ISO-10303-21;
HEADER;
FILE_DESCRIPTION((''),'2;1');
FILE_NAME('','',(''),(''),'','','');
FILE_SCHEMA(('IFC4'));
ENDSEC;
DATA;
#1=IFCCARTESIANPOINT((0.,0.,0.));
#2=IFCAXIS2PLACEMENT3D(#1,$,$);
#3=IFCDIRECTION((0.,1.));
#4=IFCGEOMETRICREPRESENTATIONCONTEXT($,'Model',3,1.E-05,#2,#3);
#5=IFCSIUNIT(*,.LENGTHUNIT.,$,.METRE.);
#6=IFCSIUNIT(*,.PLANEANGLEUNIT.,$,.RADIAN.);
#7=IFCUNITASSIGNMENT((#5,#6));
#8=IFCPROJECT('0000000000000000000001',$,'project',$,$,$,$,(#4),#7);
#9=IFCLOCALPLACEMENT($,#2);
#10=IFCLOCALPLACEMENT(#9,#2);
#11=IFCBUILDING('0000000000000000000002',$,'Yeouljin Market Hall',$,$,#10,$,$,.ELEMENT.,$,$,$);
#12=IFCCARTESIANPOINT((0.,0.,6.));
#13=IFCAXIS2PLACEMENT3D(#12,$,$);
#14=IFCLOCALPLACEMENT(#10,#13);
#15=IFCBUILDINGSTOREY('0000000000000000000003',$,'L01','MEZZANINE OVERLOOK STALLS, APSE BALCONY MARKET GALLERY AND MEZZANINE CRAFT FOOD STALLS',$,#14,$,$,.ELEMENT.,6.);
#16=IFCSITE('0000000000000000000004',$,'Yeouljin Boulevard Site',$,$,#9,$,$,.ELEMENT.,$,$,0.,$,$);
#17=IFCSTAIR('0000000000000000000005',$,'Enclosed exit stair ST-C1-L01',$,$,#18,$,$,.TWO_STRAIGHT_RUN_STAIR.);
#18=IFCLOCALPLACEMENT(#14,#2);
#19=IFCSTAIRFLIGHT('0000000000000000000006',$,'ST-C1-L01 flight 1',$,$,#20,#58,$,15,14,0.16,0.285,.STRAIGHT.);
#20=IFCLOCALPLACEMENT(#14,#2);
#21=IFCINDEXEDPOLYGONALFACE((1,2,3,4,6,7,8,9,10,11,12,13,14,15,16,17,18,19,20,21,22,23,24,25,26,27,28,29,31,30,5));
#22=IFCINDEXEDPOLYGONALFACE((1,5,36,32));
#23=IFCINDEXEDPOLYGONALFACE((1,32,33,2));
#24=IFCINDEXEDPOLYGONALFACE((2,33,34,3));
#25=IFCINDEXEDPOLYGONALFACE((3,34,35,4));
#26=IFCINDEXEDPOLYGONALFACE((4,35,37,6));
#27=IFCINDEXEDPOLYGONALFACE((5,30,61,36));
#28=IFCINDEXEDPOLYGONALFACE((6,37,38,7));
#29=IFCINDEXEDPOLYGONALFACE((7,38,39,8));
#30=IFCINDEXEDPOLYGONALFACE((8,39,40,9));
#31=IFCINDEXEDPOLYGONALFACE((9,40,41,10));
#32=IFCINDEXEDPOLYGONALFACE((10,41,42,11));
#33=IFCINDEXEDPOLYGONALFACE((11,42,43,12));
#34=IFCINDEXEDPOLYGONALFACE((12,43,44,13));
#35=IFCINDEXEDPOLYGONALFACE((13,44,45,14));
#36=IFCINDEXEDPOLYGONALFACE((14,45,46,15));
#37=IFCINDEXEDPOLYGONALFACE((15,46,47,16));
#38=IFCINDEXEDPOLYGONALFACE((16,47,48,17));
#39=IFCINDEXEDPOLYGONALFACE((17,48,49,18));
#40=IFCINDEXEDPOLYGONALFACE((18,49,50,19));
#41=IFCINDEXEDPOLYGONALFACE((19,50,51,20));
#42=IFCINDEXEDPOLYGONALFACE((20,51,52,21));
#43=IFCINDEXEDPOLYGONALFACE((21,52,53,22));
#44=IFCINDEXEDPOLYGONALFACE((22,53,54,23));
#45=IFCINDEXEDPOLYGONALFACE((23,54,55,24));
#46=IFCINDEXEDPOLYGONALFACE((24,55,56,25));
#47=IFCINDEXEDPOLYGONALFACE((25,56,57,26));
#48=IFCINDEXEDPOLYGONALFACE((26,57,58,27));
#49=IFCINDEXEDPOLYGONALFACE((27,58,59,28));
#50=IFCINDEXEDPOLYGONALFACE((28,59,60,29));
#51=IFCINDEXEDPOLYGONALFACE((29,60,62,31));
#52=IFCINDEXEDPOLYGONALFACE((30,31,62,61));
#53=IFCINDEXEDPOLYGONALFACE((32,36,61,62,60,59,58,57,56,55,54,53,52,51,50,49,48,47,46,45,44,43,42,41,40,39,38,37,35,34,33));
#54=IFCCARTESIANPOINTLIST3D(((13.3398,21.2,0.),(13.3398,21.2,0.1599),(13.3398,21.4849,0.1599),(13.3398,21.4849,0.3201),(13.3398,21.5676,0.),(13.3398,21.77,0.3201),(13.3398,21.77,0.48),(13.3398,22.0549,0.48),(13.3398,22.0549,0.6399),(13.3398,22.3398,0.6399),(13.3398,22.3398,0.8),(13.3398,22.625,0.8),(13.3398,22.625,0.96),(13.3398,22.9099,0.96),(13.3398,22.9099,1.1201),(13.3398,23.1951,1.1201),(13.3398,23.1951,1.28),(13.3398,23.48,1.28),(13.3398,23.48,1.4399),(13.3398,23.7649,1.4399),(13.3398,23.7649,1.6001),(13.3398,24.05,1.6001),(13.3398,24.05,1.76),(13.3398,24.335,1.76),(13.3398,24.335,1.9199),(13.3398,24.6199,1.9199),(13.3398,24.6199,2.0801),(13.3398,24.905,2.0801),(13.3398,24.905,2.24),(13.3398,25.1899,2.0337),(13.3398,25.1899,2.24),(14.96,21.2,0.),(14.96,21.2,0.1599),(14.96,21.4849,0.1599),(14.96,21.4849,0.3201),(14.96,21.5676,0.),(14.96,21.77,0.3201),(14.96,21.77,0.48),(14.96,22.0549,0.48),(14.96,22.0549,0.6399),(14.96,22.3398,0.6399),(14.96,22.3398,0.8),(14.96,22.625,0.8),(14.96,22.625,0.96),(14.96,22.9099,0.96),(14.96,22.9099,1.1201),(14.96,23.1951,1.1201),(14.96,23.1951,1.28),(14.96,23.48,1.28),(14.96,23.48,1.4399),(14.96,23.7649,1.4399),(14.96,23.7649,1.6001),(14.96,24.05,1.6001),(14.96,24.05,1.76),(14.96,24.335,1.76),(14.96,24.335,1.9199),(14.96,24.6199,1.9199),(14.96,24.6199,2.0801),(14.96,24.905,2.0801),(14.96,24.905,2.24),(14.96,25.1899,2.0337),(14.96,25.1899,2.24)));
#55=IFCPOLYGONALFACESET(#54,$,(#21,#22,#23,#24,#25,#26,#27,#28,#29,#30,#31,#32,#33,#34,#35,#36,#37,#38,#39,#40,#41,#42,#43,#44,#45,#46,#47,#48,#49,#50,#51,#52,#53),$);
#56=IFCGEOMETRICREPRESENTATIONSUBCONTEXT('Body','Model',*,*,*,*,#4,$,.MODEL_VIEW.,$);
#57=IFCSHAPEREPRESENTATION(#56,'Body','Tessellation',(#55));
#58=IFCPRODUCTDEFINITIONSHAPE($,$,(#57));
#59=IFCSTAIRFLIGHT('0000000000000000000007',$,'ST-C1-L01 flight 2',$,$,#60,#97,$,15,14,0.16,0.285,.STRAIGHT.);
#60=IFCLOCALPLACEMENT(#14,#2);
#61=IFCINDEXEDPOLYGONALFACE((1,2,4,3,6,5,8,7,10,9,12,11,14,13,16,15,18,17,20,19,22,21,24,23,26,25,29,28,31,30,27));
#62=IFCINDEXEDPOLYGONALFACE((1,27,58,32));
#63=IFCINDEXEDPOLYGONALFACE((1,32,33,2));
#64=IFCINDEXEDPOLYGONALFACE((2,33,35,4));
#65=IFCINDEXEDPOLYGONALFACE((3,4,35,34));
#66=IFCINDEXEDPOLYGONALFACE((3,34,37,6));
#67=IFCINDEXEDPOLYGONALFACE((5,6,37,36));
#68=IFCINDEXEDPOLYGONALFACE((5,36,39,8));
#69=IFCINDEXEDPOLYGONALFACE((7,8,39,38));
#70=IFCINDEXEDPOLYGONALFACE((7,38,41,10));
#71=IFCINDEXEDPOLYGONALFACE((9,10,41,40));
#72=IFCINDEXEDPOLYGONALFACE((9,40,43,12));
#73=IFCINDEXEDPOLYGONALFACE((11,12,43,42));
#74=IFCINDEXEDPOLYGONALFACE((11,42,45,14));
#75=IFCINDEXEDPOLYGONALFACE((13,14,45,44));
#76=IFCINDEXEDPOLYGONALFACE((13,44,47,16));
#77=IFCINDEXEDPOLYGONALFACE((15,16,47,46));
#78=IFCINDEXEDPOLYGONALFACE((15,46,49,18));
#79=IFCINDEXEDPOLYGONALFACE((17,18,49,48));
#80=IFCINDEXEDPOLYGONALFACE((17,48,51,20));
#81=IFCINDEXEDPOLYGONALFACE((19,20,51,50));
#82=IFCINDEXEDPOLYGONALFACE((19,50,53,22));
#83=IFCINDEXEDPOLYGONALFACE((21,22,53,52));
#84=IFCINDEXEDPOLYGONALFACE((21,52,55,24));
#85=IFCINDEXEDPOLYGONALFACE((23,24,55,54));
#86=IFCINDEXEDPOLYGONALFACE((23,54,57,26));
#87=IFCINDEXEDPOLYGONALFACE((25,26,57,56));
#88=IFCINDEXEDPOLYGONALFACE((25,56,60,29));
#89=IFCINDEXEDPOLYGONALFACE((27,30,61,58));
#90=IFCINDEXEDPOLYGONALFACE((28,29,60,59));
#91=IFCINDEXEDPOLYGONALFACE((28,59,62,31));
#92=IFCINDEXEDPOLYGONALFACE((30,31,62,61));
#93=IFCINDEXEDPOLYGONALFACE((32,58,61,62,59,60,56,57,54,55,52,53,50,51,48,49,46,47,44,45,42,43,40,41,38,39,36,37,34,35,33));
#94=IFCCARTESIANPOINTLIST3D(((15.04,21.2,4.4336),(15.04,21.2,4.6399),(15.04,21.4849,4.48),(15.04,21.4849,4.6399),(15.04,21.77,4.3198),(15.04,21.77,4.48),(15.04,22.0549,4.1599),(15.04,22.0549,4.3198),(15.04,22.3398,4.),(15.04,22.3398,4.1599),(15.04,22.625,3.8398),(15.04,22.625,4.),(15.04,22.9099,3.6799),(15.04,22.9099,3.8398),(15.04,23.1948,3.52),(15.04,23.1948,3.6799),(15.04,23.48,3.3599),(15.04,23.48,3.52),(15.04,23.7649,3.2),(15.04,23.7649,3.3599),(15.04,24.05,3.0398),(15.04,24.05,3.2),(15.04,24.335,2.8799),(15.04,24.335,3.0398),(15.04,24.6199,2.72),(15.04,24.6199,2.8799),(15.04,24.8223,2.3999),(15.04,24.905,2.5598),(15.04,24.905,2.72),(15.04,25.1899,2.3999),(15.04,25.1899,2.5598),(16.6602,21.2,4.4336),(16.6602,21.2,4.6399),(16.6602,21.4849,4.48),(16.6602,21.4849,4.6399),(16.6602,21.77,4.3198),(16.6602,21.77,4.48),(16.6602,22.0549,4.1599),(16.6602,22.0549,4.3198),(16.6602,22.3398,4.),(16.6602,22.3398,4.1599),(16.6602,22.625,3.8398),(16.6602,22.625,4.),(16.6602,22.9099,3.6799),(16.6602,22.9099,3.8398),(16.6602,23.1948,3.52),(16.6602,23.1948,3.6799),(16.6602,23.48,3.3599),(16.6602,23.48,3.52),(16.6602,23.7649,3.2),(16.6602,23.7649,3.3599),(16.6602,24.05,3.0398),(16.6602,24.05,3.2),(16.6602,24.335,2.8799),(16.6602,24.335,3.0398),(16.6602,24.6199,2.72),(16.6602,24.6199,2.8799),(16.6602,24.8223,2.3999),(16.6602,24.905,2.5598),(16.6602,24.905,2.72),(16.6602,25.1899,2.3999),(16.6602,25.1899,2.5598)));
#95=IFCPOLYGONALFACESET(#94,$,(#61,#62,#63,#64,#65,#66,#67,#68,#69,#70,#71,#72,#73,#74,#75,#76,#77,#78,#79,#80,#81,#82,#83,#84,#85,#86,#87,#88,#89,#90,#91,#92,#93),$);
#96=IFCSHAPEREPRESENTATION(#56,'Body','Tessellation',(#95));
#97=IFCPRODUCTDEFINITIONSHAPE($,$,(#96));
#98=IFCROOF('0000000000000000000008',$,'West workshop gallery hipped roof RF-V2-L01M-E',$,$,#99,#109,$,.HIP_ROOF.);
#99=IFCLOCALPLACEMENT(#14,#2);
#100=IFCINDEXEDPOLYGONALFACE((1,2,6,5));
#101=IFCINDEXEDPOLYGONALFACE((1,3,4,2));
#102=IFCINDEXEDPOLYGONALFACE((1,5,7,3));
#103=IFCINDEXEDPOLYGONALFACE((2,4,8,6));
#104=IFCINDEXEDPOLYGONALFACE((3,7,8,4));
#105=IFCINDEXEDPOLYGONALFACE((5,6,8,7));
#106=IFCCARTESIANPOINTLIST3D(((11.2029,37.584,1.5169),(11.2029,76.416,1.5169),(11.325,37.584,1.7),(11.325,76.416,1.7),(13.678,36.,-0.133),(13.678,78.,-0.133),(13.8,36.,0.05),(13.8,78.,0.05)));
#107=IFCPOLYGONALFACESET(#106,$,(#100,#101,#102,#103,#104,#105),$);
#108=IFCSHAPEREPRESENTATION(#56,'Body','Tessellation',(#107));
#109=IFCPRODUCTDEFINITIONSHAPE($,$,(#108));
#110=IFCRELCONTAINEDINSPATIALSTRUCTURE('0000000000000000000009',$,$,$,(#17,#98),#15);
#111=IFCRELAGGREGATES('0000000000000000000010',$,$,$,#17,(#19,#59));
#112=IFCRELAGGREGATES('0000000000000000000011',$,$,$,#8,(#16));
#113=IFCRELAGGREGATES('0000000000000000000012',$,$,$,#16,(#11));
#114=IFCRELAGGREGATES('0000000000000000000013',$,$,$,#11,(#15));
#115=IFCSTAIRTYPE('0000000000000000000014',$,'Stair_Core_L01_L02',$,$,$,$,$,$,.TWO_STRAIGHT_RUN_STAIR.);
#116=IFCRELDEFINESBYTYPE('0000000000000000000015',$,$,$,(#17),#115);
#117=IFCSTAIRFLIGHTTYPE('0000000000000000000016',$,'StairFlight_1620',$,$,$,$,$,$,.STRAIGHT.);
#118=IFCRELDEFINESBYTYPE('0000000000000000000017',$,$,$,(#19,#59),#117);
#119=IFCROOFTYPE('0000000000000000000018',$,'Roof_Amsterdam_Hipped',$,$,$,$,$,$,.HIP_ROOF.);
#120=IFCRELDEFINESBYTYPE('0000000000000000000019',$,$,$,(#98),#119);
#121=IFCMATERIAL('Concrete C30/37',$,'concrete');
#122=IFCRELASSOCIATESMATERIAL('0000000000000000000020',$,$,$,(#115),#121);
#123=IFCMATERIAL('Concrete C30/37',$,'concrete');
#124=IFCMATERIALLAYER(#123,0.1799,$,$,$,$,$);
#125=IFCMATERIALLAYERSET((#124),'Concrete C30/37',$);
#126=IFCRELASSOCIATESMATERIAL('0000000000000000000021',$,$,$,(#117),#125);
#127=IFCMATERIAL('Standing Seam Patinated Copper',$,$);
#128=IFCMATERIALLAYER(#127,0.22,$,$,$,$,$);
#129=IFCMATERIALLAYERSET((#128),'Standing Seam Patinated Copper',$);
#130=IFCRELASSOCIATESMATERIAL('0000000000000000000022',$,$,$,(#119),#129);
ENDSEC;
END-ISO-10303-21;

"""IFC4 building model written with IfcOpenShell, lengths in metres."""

from ifc_helpers import new_model, si_unit, direction, frame, origin, place, context, subcontext, project, spatial, polyline, outline, extrude, material, layer, layer_set, type_object, element, aggregate, save


model = new_model("IFC4")

# Units and contexts
model_context = context("Model", 3, precision=1e-05, world=origin(), true_north=direction((0.0, 1.0)))
body_context = subcontext(model_context, "Body", "Model", "MODEL_VIEW")
ifc_project = project(units=[si_unit("LENGTHUNIT", "METRE"), si_unit("PLANEANGLEUNIT", "RADIAN")], contexts=[model_context])

# Site, building, storey
site_placement = place(None, origin())
site = spatial("IfcSite", under=ifc_project, at=site_placement, Name="Yeouljin Boulevard Site", CompositionType="ELEMENT", RefElevation=0.0)
building_placement = place(site_placement, origin())
building = spatial("IfcBuilding", under=site, at=building_placement, Name="Yeouljin Market Hall", CompositionType="ELEMENT")
storey_placement = place(building_placement, frame((0.0, 0.0, 6.0)))
storey = spatial("IfcBuildingStorey", under=building, at=storey_placement, Name="L01", Description="MEZZANINE OVERLOOK STALLS, APSE BALCONY MARKET GALLERY AND MEZZANINE CRAFT FOOD STALLS", CompositionType="ELEMENT", Elevation=6.0)

# Stair, stair flights
ifc_material_1 = material(Name="Concrete C30/37", Category="concrete")
stair_type = type_object("IfcStairType", Name="Stair_Core_L01_L02", PredefinedType="TWO_STRAIGHT_RUN_STAIR", material=ifc_material_1)
stair_placement = place(storey_placement, origin())
stair = element("IfcStair", 1, at=stair_placement, inside=storey, type_object=stair_type, Name="Enclosed exit stair ST-C1-L01", PredefinedType="TWO_STRAIGHT_RUN_STAIR")
ifc_material_2 = material(Name="Concrete C30/37", Category="concrete")
ifc_layer_1 = layer(ifc_material_2, 0.1799)
ifc_layer_set_1 = layer_set([ifc_layer_1], Name="Concrete C30/37")
stair_flight_type = type_object("IfcStairFlightType", Name="StairFlight_1620", PredefinedType="STRAIGHT", material=ifc_layer_set_1)
stair_flight_1_placement = place(storey_placement, frame((14.1499, 21.2, 0.0), z_axis=(0.0, 0.0, 1.0), x_axis=(0.0, 1.0, 0.0)))
stair_flight_1 = element("IfcStairFlight", 2, at=stair_flight_1_placement, type_object=stair_flight_type, Name="ST-C1-L01 flight 1", NumberOfRisers=15, NumberOfTreads=14, PredefinedType="STRAIGHT", RiserHeight=0.16, TreadLength=0.285, context=body_context, shape_type="SweptSolid", body=[
    extrude(outline(polyline([(0.0, 0.0), (0.0, 0.1599), (0.2849, 0.1599), (0.2849, 0.3201), (0.5701, 0.3201), (0.5701, 0.48), (0.855, 0.48), (0.855, 0.6399), (1.1399, 0.6399), (1.1399, 0.8), (1.425, 0.8), (1.425, 0.96), (1.71, 0.96), (1.71, 1.1201), (1.9951, 1.1201), (1.9951, 1.28), (2.28, 1.28), (2.28, 1.4399), (2.5649, 1.4399), (2.5649, 1.6001), (2.8501, 1.6001), (2.8501, 1.76), (3.135, 1.76), (3.135, 1.9199), (3.4199, 1.9199), (3.4199, 2.0801), (3.7051, 2.0801), (3.7051, 2.24), (3.99, 2.24), (3.99, 2.3999), (3.99, 2.0337), (0.3677, 0.0), (0.0, 0.0)])), frame((0.0, 0.8101, 0.0), z_axis=(0.0, -1.0, 0.0), x_axis=(1.0, 0.0, 0.0)), (0.0, 0.0, 1.0), 1.6201),
])
stair_flight_2_placement = place(storey_placement, frame((15.8501, 25.1899, 2.3999), z_axis=(0.0, 0.0, 1.0), x_axis=(0.0, -1.0, 0.0)))
stair_flight_2 = element("IfcStairFlight", 3, at=stair_flight_2_placement, type_object=stair_flight_type, Name="ST-C1-L01 flight 2", NumberOfRisers=15, NumberOfTreads=14, PredefinedType="STRAIGHT", RiserHeight=0.16, TreadLength=0.285, context=body_context, shape_type="SweptSolid", body=[
    extrude(outline(polyline([(0.0, 0.0), (0.0, 0.1599), (0.2849, 0.1599), (0.2849, 0.3201), (0.5701, 0.3201), (0.5701, 0.48), (0.855, 0.48), (0.855, 0.6399), (1.1399, 0.6399), (1.1399, 0.8), (1.425, 0.8), (1.425, 0.96), (1.71, 0.96), (1.71, 1.1201), (1.9951, 1.1201), (1.9951, 1.28), (2.28, 1.28), (2.28, 1.4399), (2.5649, 1.4399), (2.5649, 1.6001), (2.8501, 1.6001), (2.8501, 1.76), (3.135, 1.76), (3.135, 1.9199), (3.4199, 1.9199), (3.4199, 2.0801), (3.7051, 2.0801), (3.7051, 2.24), (3.99, 2.24), (3.99, 2.3999), (3.99, 2.0337), (0.3677, 0.0), (0.0, 0.0)])), frame((0.0, 0.8101, 0.0), z_axis=(0.0, -1.0, 0.0), x_axis=(1.0, 0.0, 0.0)), (0.0, 0.0, 1.0), 1.6201),
])
aggregate(stair, [stair_flight_1, stair_flight_2])

# Roof
ifc_material_3 = material(Name="Standing Seam Patinated Copper")
ifc_layer_2 = layer(ifc_material_3, 0.22)
ifc_layer_set_2 = layer_set([ifc_layer_2], Name="Standing Seam Patinated Copper")
roof_type = type_object("IfcRoofType", Name="Roof_Amsterdam_Hipped", PredefinedType="HIP_ROOF", material=ifc_layer_set_2)
roof_placement = place(storey_placement, frame((13.8, 36.0, 0.05), z_axis=(0.554662, 0.0, 0.832076), x_axis=(0.0, 1.0, 0.0)))
element("IfcRoof", 4, at=roof_placement, inside=storey, type_object=roof_type, Name="West workshop gallery hipped roof RF-V2-L01M-E", PredefinedType="HIP_ROOF", context=body_context, shape_type="SweptSolid", body=[
    extrude(outline(polyline([(0.0, 0.0), (42.0, 0.0), (40.416, 2.9746), (1.584, 2.9746), (0.0, 0.0)])), origin(), (0.0, 0.0, -1.0), 0.22),
])

save(model, "model.ifc")
